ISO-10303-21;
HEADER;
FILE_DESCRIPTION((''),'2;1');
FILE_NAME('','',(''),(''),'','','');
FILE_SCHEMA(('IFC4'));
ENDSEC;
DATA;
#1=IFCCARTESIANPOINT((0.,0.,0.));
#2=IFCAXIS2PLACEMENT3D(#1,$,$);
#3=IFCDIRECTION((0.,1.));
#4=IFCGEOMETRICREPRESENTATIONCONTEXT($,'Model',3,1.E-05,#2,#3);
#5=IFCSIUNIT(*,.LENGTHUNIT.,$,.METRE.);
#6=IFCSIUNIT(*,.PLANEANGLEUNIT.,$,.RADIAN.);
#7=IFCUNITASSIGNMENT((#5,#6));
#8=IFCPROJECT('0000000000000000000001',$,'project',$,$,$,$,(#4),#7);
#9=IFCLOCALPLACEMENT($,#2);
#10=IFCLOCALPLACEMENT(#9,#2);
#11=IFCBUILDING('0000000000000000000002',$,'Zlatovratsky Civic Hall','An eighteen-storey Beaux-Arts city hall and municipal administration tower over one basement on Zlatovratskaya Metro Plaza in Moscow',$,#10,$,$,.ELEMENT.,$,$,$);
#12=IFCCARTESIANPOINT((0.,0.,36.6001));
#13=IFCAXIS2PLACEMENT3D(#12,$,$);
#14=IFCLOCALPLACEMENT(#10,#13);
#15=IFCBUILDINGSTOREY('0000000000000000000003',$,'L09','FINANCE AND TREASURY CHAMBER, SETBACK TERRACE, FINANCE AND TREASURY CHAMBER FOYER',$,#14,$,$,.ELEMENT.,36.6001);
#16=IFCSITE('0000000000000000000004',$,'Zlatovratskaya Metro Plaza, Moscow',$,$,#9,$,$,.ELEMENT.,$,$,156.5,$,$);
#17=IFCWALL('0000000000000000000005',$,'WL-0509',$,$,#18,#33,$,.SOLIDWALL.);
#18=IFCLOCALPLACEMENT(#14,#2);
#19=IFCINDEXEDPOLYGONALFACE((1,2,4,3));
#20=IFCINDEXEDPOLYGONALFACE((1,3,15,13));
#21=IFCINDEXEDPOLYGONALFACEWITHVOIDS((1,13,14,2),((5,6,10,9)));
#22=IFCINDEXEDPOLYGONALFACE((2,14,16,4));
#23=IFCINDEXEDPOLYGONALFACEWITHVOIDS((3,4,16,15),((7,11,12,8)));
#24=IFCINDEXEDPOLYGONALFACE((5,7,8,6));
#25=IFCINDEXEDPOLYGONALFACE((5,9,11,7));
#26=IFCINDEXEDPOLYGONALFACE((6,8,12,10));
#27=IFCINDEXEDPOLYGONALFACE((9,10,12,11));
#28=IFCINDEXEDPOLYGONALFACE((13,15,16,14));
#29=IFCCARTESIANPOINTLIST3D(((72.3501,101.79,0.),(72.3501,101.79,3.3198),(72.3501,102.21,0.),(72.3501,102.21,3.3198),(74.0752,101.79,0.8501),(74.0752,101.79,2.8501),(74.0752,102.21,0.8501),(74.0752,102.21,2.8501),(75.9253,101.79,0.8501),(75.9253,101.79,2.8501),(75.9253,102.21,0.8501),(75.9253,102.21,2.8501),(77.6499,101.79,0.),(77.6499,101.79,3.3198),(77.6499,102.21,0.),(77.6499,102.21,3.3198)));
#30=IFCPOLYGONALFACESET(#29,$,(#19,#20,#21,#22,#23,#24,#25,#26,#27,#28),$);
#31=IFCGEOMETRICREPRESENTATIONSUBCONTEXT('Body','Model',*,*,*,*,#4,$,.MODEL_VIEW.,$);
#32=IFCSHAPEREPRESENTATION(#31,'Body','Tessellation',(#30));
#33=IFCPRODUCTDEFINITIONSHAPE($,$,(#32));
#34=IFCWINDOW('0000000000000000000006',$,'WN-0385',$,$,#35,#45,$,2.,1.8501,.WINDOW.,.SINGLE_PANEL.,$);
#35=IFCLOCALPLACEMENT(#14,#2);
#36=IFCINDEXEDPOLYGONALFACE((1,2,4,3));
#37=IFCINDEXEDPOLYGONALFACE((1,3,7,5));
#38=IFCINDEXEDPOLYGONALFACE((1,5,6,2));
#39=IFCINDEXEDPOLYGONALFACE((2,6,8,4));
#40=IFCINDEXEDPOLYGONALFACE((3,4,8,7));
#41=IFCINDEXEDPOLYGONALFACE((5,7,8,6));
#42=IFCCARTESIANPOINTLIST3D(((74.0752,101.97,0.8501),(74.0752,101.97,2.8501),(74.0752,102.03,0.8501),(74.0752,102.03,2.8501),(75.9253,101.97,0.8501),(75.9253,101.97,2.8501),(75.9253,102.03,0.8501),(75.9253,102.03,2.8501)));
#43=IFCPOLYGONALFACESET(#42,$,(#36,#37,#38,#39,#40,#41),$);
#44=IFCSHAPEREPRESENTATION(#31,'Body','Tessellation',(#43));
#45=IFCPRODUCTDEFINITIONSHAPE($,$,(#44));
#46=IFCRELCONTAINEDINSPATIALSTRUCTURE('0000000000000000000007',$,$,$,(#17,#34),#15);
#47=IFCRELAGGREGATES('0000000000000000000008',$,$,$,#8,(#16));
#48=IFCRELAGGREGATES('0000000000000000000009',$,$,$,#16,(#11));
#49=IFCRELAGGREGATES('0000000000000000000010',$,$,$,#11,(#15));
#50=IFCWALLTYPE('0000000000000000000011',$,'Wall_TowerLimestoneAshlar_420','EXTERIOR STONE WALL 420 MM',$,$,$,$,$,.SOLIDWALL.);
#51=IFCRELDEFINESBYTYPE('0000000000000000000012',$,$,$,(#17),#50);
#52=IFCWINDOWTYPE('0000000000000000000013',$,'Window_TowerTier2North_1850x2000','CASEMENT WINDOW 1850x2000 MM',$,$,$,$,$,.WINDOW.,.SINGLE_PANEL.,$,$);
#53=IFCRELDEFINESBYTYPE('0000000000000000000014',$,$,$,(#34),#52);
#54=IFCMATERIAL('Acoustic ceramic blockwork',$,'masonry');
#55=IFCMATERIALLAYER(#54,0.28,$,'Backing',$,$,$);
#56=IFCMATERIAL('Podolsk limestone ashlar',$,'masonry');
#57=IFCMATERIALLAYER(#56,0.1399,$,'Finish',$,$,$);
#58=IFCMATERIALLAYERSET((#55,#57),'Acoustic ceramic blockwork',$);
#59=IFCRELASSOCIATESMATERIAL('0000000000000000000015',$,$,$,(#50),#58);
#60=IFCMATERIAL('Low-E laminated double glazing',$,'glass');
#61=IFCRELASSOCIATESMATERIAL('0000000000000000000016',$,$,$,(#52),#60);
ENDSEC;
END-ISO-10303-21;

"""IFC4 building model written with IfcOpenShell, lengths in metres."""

from ifc_helpers import new_model, si_unit, direction, frame, frame_2d, origin, place, context, subcontext, project, spatial, rectangle, extrude, material, layer, layer_set, type_object, element, fill, save


model = new_model("IFC4")

# Units and contexts
model_context = context("Model", 3, precision=1e-05, world=origin(), true_north=direction((0.0, 1.0)))
body_context = subcontext(model_context, "Body", "Model", "MODEL_VIEW")
ifc_project = project(units=[si_unit("LENGTHUNIT", "METRE"), si_unit("PLANEANGLEUNIT", "RADIAN")], contexts=[model_context])

# Site, building, storey
site_placement = place(None, origin())
site = spatial("IfcSite", under=ifc_project, at=site_placement, Name="Zlatovratskaya Metro Plaza, Moscow", CompositionType="ELEMENT", RefElevation=156.5)
building_placement = place(site_placement, origin())
building = spatial("IfcBuilding", under=site, at=building_placement, Name="Zlatovratsky Civic Hall", Description="An eighteen-storey Beaux-Arts city hall and municipal administration tower over one basement on Zlatovratskaya Metro Plaza in Moscow", CompositionType="ELEMENT")
storey_placement = place(building_placement, frame((0.0, 0.0, 36.6001)))
storey = spatial("IfcBuildingStorey", under=building, at=storey_placement, Name="L09", Description="FINANCE AND TREASURY CHAMBER, SETBACK TERRACE, FINANCE AND TREASURY CHAMBER FOYER", CompositionType="ELEMENT", Elevation=36.6001)

# Shared definitions
ifc_material_1 = material(Name="Acoustic ceramic blockwork", Category="masonry")

# Wall, opening, window
ifc_layer_1 = layer(ifc_material_1, 0.28, Name="Backing")
ifc_material_2 = material(Name="Podolsk limestone ashlar", Category="masonry")
ifc_layer_2 = layer(ifc_material_2, 0.1399, Name="Finish")
ifc_layer_set_1 = layer_set([ifc_layer_1, ifc_layer_2], Name="Acoustic ceramic blockwork")
wall_type_1 = type_object("IfcWallType", Name="Wall_TowerLimestoneAshlar_420", Description="EXTERIOR STONE WALL 420 MM", PredefinedType="SOLIDWALL", material=ifc_layer_set_1)
wall_1_placement = place(storey_placement, frame((72.3501, 102.0, 0.0), z_axis=(0.0, 0.0, 1.0), x_axis=(1.0, 0.0, 0.0)))
wall_1 = element("IfcWall", 1, at=wall_1_placement, inside=storey, type_object=wall_type_1, Name="WL-0509", PredefinedType="SOLIDWALL", context=body_context, shape_type="SweptSolid", body=[
    extrude(rectangle(XDim=5.2998, YDim=0.4199, at=frame_2d((2.6499, 0.0))), origin(), (0.0, 0.0, 1.0), 3.3198),
])
opening_1_placement = place(wall_1_placement, frame((1.7251, 0.0, 0.8501)))
opening_1 = element("IfcOpeningElement", 2, at=opening_1_placement, cuts=wall_1, PredefinedType="OPENING", context=body_context, shape_type="SweptSolid", body=[
    extrude(rectangle(XDim=1.8501, YDim=2.0, at=frame_2d((0.925, 1.0))), frame((0.0, 0.2249, 0.0), z_axis=(0.0, -1.0, 0.0), x_axis=(1.0, 0.0, 0.0)), (0.0, 0.0, 1.0), 0.4497),
])
ifc_material_3 = material(Name="Low-E laminated double glazing", Category="glass")
window_type = type_object("IfcWindowType", Name="Window_TowerTier2North_1850x2000", Description="CASEMENT WINDOW 1850x2000 MM", PartitioningType="SINGLE_PANEL", PredefinedType="WINDOW", material=ifc_material_3)
window_placement = place(opening_1_placement, origin())
window = element("IfcWindow", 3, at=window_placement, inside=storey, type_object=window_type, Name="WN-0385", OverallHeight=2.0, OverallWidth=1.8501, PartitioningType="SINGLE_PANEL", PredefinedType="WINDOW", context=body_context, shape_type="SweptSolid", body=[
    extrude(rectangle(XDim=1.8501, YDim=2.0, at=frame_2d((0.925, 1.0))), frame((0.0, 0.03, 0.0), z_axis=(0.0, -1.0, 0.0), x_axis=(1.0, 0.0, 0.0)), (0.0, 0.0, 1.0), 0.0601),
])
fill(opening_1, window)

save(model, "model.ifc")
